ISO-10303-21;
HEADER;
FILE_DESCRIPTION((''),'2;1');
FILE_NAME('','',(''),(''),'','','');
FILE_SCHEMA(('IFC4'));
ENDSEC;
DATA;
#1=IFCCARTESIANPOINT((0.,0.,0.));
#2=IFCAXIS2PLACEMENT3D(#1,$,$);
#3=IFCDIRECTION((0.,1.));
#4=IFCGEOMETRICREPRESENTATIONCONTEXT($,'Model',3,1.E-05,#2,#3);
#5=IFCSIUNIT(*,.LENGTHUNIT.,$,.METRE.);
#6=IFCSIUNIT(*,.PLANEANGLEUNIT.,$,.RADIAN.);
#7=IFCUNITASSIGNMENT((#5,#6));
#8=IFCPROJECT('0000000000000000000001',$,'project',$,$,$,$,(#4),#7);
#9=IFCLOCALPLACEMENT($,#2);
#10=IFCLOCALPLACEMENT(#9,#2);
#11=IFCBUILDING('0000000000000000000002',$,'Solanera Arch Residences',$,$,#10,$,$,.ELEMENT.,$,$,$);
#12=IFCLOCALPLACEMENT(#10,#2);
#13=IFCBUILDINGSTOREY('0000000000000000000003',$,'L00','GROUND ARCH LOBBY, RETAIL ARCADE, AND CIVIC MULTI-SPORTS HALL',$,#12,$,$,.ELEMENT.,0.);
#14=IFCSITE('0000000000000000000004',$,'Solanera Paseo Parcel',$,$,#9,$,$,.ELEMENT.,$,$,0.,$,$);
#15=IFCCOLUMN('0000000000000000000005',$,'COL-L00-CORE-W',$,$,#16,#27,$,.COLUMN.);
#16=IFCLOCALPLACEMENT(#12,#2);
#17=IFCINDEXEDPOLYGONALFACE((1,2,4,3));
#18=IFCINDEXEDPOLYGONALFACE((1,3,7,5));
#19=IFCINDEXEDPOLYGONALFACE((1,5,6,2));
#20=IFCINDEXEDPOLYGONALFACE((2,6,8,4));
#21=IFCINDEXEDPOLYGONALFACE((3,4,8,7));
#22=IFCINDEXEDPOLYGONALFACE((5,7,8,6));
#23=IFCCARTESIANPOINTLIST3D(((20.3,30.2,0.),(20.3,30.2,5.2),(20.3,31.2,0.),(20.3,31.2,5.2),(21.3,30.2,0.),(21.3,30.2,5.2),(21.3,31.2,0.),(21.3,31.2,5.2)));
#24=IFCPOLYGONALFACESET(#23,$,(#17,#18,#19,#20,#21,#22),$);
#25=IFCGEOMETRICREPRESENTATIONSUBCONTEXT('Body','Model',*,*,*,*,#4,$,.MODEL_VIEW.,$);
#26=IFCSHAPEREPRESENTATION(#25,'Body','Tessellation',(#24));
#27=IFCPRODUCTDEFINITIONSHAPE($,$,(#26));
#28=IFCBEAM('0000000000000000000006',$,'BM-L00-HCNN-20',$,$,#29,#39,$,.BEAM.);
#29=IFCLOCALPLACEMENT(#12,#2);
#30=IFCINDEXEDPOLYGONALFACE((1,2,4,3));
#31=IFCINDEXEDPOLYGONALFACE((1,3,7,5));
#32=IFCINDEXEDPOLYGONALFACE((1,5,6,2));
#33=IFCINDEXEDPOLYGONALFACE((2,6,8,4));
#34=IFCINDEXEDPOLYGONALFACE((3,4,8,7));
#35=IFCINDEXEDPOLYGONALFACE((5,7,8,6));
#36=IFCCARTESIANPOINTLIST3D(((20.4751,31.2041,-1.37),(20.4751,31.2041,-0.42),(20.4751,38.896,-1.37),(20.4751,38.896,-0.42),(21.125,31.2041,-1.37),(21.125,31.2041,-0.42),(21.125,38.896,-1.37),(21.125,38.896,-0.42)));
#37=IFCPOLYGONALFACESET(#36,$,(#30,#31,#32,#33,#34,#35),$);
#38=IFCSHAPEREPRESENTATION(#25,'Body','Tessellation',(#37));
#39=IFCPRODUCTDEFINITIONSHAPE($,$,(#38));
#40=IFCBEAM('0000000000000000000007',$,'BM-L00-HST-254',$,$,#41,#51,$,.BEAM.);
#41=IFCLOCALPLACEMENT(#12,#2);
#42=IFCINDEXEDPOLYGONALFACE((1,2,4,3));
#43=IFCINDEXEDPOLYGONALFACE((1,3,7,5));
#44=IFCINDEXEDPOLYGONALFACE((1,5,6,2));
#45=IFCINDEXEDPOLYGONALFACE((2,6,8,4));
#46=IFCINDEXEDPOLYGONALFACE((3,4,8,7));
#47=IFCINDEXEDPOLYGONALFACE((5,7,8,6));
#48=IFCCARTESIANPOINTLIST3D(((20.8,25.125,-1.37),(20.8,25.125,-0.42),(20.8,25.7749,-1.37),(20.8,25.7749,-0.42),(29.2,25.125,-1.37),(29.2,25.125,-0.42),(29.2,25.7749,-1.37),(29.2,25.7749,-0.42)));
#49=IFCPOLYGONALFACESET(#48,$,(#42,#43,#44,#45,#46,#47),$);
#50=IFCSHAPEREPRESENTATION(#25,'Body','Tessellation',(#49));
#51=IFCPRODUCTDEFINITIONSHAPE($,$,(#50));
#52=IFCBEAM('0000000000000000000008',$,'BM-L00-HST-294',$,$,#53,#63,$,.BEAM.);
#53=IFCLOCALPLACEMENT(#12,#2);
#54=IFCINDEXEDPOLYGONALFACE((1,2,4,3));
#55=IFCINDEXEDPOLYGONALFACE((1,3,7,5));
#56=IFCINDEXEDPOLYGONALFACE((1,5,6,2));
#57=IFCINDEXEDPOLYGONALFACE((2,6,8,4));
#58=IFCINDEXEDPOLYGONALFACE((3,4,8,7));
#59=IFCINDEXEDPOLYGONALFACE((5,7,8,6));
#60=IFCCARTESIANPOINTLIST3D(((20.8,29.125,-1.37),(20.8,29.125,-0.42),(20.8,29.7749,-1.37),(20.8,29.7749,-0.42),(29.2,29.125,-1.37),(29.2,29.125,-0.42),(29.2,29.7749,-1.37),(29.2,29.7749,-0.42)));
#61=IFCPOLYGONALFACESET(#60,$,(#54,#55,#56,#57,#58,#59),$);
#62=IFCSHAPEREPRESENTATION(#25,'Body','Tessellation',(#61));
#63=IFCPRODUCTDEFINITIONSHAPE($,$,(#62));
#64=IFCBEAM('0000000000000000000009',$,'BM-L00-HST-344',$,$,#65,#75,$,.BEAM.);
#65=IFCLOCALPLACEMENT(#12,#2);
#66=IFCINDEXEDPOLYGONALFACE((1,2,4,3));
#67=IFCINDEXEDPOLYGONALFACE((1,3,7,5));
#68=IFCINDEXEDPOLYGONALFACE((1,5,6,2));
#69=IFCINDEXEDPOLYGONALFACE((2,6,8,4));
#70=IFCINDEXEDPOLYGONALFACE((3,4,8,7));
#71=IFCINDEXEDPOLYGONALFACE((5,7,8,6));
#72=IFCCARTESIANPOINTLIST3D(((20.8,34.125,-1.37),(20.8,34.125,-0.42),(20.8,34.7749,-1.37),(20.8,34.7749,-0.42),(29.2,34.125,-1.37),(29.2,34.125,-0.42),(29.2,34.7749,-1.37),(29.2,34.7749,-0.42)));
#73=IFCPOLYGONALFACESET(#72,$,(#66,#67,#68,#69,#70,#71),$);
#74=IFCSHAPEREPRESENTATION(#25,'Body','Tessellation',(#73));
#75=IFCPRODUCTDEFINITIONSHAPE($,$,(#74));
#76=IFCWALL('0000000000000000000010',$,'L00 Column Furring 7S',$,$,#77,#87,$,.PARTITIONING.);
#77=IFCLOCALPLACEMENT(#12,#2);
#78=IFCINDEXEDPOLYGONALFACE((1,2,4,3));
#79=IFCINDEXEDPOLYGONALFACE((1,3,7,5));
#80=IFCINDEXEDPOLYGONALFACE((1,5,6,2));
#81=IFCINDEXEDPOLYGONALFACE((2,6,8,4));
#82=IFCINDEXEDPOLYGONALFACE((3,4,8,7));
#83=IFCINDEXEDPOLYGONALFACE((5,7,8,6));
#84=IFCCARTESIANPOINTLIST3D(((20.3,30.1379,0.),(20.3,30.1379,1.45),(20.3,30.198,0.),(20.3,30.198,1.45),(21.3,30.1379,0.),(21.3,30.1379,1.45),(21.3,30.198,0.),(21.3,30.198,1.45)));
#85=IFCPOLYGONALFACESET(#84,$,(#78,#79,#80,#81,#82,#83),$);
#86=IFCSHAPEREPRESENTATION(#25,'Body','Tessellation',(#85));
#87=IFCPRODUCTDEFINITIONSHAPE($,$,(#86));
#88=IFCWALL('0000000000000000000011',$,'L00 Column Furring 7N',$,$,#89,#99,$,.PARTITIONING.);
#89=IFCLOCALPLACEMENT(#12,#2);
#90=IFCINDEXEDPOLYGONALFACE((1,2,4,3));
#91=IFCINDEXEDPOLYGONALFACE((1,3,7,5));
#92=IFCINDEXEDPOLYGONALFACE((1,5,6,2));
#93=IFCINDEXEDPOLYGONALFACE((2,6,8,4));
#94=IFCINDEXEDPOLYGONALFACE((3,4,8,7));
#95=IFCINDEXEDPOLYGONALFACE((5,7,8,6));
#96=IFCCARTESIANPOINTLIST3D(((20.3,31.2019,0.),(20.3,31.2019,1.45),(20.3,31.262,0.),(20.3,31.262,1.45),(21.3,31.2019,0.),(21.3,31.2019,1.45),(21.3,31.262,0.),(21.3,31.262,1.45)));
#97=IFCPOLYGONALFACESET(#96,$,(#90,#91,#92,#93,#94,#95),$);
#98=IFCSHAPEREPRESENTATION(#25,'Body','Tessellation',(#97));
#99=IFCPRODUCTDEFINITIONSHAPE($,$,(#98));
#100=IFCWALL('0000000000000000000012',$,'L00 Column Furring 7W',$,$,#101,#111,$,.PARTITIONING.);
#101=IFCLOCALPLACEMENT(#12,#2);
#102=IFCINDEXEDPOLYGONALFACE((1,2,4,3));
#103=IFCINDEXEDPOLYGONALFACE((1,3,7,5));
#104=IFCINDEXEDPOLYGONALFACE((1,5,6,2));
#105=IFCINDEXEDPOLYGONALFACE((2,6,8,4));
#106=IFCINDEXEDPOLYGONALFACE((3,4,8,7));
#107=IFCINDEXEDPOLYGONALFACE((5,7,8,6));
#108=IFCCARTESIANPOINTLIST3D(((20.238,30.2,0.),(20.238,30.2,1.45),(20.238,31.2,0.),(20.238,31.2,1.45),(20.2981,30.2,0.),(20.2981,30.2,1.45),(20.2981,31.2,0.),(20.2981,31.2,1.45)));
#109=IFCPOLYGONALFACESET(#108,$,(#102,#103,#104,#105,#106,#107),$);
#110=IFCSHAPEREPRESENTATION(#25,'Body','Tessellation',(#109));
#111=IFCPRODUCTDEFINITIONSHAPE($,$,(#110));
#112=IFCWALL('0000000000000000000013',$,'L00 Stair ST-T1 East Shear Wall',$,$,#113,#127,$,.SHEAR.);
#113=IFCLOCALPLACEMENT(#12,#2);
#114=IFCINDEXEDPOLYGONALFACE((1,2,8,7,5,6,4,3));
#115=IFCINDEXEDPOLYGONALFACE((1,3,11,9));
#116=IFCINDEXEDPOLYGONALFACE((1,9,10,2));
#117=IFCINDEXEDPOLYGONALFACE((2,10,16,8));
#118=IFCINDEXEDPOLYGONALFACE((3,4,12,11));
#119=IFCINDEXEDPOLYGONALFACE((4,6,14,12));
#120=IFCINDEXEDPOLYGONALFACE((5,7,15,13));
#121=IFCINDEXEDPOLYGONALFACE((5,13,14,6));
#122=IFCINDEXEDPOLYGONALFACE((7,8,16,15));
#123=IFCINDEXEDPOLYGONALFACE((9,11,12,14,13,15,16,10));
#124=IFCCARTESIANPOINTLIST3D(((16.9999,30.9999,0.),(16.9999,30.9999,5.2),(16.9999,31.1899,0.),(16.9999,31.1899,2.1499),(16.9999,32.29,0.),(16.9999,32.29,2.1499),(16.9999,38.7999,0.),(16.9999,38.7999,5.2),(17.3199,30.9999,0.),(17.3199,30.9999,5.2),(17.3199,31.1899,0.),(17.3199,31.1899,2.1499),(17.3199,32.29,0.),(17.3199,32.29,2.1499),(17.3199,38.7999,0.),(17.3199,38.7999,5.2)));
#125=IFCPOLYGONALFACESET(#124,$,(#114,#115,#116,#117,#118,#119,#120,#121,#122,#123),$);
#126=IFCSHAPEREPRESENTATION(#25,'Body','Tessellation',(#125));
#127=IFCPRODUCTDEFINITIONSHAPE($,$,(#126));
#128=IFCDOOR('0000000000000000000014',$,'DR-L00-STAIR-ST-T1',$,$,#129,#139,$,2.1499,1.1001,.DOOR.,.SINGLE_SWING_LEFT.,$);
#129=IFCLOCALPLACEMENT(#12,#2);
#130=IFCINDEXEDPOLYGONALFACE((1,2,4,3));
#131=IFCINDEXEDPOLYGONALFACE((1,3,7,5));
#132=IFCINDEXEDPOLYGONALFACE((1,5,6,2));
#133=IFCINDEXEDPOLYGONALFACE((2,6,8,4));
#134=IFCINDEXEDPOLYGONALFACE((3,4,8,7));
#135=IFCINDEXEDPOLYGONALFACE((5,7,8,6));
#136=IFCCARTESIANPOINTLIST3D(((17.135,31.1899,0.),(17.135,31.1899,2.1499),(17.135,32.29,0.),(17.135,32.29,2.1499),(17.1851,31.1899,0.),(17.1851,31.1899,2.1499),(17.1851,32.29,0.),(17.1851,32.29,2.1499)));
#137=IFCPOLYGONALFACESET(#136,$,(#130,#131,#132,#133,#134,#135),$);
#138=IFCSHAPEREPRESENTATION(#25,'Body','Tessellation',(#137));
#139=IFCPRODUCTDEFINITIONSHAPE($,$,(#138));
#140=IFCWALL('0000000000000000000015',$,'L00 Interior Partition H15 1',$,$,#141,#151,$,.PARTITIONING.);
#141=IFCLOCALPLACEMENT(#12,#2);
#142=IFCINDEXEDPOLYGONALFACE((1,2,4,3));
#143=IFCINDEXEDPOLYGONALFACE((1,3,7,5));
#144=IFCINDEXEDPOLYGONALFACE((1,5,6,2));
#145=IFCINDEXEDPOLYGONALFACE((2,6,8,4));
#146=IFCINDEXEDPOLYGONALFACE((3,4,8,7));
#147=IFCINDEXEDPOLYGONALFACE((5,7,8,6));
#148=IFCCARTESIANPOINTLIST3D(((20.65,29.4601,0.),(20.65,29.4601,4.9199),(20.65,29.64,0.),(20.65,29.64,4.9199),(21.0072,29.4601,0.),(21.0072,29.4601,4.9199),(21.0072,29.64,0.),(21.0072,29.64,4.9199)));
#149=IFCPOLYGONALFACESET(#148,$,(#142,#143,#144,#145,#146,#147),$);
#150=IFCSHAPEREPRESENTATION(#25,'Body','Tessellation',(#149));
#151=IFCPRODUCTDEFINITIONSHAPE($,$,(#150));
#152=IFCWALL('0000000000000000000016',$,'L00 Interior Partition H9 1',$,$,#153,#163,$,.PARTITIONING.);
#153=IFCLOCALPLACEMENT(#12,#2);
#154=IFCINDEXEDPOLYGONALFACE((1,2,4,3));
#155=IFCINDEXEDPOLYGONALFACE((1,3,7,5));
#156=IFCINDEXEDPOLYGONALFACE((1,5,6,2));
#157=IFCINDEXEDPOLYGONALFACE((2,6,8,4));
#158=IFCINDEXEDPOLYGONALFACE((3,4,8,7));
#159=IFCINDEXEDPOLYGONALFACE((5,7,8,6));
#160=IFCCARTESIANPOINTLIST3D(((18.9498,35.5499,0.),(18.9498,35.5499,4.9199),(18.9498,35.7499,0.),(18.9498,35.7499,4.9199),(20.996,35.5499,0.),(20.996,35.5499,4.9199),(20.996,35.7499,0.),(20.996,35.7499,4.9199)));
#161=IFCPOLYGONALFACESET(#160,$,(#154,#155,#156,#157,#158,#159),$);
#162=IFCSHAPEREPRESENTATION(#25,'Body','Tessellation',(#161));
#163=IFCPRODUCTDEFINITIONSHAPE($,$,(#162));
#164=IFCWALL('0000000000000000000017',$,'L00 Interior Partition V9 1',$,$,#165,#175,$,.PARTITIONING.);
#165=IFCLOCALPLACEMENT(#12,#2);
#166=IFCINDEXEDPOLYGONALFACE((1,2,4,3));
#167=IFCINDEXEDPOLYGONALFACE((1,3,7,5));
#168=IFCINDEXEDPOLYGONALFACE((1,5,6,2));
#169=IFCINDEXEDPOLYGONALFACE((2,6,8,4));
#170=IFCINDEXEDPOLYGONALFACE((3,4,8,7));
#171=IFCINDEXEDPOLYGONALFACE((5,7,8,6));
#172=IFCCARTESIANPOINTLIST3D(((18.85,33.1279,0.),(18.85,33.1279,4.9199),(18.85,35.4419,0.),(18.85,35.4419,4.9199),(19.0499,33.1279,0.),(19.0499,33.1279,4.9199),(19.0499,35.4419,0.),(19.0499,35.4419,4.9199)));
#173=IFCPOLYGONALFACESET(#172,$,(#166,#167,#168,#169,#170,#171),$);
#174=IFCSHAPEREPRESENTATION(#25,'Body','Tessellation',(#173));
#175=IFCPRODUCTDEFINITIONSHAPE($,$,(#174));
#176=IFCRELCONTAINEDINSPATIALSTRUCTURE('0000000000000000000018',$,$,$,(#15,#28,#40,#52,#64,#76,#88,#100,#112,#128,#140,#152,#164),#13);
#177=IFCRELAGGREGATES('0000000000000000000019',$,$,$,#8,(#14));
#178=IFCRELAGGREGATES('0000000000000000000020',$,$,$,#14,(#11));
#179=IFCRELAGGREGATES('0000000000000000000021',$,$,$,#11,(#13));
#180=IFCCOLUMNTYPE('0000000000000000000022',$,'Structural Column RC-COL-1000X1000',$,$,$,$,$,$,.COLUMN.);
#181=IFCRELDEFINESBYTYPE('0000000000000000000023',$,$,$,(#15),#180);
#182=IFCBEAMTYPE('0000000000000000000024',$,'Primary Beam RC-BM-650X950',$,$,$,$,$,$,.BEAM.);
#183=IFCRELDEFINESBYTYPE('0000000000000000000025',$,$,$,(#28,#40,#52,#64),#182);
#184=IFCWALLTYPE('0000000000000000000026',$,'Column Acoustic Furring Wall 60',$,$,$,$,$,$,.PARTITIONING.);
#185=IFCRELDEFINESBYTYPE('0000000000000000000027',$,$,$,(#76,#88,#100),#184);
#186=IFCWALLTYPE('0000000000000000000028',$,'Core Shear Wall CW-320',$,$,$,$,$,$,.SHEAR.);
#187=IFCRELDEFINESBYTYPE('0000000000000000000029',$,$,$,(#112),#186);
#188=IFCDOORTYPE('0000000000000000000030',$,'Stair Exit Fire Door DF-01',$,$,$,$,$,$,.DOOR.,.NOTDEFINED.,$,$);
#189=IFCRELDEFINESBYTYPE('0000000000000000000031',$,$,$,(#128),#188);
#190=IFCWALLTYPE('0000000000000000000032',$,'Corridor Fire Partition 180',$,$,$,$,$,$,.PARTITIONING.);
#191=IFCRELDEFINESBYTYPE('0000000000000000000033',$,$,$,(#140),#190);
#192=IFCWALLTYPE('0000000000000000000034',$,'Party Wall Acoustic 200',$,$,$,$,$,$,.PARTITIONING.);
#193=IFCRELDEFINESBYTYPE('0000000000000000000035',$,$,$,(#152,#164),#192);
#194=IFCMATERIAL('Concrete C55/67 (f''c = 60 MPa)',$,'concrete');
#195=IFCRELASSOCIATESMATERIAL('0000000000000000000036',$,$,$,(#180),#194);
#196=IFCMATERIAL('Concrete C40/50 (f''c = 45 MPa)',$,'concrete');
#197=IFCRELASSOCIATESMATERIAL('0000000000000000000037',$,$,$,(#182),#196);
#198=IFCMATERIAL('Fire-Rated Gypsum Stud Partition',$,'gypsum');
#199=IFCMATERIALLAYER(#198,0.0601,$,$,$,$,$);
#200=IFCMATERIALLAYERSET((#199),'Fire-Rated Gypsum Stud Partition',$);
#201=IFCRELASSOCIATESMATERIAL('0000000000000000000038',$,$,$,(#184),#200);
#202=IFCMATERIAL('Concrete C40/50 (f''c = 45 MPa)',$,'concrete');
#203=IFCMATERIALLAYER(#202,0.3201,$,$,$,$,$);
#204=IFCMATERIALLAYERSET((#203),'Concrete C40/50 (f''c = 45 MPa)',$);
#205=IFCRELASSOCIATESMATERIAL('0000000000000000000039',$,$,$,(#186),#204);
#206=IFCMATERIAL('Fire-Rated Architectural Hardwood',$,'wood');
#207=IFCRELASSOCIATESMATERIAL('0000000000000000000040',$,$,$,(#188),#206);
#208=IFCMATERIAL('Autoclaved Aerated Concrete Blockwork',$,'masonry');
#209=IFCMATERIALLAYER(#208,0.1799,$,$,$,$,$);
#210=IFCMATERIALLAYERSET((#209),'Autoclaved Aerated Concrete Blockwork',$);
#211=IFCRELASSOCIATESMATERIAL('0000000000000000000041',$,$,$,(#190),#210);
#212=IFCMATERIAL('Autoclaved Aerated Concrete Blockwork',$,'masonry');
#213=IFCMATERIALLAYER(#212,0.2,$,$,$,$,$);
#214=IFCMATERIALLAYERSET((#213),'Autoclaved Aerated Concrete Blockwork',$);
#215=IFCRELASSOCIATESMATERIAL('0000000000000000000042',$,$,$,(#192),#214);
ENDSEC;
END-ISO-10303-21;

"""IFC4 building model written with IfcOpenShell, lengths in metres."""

from ifc_helpers import new_model, si_unit, direction, frame, frame_2d, origin, origin_2d, place, context, subcontext, project, spatial, rectangle, extrude, material, layer, layer_set, material_profile, profile_set, type_object, element, fill, save


model = new_model("IFC4")

# Units and contexts
model_context = context("Model", 3, precision=1e-05, world=origin(), true_north=direction((0.0, 1.0)))
body_context = subcontext(model_context, "Body", "Model", "MODEL_VIEW")
ifc_project = project(units=[si_unit("LENGTHUNIT", "METRE"), si_unit("PLANEANGLEUNIT", "RADIAN")], contexts=[model_context])

# Site, building, storey
site_placement = place(None, origin())
site = spatial("IfcSite", under=ifc_project, at=site_placement, Name="Solanera Paseo Parcel", CompositionType="ELEMENT", RefElevation=0.0)
building_placement = place(site_placement, origin())
building = spatial("IfcBuilding", under=site, at=building_placement, Name="Solanera Arch Residences", CompositionType="ELEMENT")
storey_placement = place(building_placement, origin())
storey = spatial("IfcBuildingStorey", under=building, at=storey_placement, Name="L00", Description="GROUND ARCH LOBBY, RETAIL ARCADE, AND CIVIC MULTI-SPORTS HALL", CompositionType="ELEMENT", Elevation=0.0)

# Column
ifc_material_1 = material(Name="Concrete C55/67 (f'c = 60 MPa)", Category="concrete")
ifc_material_profile_1 = material_profile(ifc_material_1, rectangle(XDim=1.0, YDim=1.0, at=origin_2d()))
ifc_profile_set_1 = profile_set([ifc_material_profile_1], Name="Concrete C55/67 (f'c = 60 MPa)")
column_type = type_object("IfcColumnType", Name="Structural Column RC-COL-1000X1000", PredefinedType="COLUMN", material=ifc_profile_set_1)
column_placement = place(storey_placement, frame((20.8, 30.7, 0.0), z_axis=(0.0, 0.0, 1.0), x_axis=(1.0, 0.0, 0.0)))
element("IfcColumn", 1, at=column_placement, inside=storey, type_object=column_type, Name="COL-L00-CORE-W", PredefinedType="COLUMN", context=body_context, shape_type="SweptSolid", body=[
    extrude(rectangle(XDim=1.0, YDim=1.0, at=origin_2d()), origin(), (0.0, 0.0, 1.0), 5.2),
])

# Beams
ifc_material_2 = material(Name="Concrete C40/50 (f'c = 45 MPa)", Category="concrete")
ifc_material_profile_2 = material_profile(ifc_material_2, rectangle(XDim=0.6499, YDim=0.95, at=origin_2d()))
ifc_profile_set_2 = profile_set([ifc_material_profile_2], Name="Concrete C40/50 (f'c = 45 MPa)")
beam_type = type_object("IfcBeamType", Name="Primary Beam RC-BM-650X950", PredefinedType="BEAM", material=ifc_profile_set_2)
beam_placement = place(storey_placement, frame((20.8, 31.2041, -0.895), z_axis=(0.0, 1.0, 0.0), x_axis=(-1.0, 0.0, 0.0)))
element("IfcBeam", 2, at=beam_placement, inside=storey, type_object=beam_type, Name="BM-L00-HCNN-20", PredefinedType="BEAM", context=body_context, shape_type="SweptSolid", body=[
    extrude(rectangle(XDim=0.6499, YDim=0.95, at=origin_2d()), origin(), (0.0, 0.0, 1.0), 7.6919),
])
for number, where, z_axis, x_axis, name in (
    (3, (20.8, 25.45, -0.895), (1.0, 0.0, 0.0), (0.0, 1.0, 0.0), "BM-L00-HST-254"),
    (4, (20.8, 29.45, -0.895), (1.0, 0.0, 0.0), (0.0, 1.0, 0.0), "BM-L00-HST-294"),
    (5, (20.8, 34.45, -0.895), (1.0, 0.0, 0.0), (0.0, 1.0, 0.0), "BM-L00-HST-344"),
):
    element("IfcBeam", number, at=place(storey_placement, frame(where, z_axis=z_axis, x_axis=x_axis)), inside=storey, type_object=beam_type, Name=name, PredefinedType="BEAM", context=body_context, shape_type="SweptSolid", body=[
        extrude(rectangle(XDim=0.6499, YDim=0.95, at=origin_2d()), origin(), (0.0, 0.0, 1.0), 8.3999),
    ])

# Walls
ifc_material_3 = material(Name="Fire-Rated Gypsum Stud Partition", Category="gypsum")
ifc_layer_1 = layer(ifc_material_3, 0.0601)
ifc_layer_set_1 = layer_set([ifc_layer_1], Name="Fire-Rated Gypsum Stud Partition")
wall_type_1 = type_object("IfcWallType", Name="Column Acoustic Furring Wall 60", PredefinedType="PARTITIONING", material=ifc_layer_set_1)
for number, where, z_axis, x_axis, name in (
    (6, (20.3, 30.168, 0.0), (0.0, 0.0, 1.0), (1.0, 0.0, 0.0), "L00 Column Furring 7S"),
    (7, (20.3, 31.2319, 0.0), (0.0, 0.0, 1.0), (1.0, 0.0, 0.0), "L00 Column Furring 7N"),
    (8, (20.2681, 30.2, 0.0), (0.0, 0.0, 1.0), (0.0, 1.0, 0.0), "L00 Column Furring 7W"),
):
    element("IfcWall", number, at=place(storey_placement, frame(where, z_axis=z_axis, x_axis=x_axis)), inside=storey, type_object=wall_type_1, Name=name, PredefinedType="PARTITIONING", context=body_context, shape_type="SweptSolid", body=[
        extrude(rectangle(XDim=1.0, YDim=0.0601, at=frame_2d((0.5, 0.0))), origin(), (0.0, 0.0, 1.0), 1.45),
    ])

# Wall, opening, door
ifc_material_4 = material(Name="Concrete C40/50 (f'c = 45 MPa)", Category="concrete")
ifc_layer_2 = layer(ifc_material_4, 0.3201)
ifc_layer_set_2 = layer_set([ifc_layer_2], Name="Concrete C40/50 (f'c = 45 MPa)")
wall_type_2 = type_object("IfcWallType", Name="Core Shear Wall CW-320", PredefinedType="SHEAR", material=ifc_layer_set_2)
wall_1_placement = place(storey_placement, frame((17.1599, 31.0, 0.0), z_axis=(0.0, 0.0, 1.0), x_axis=(0.0, 1.0, 0.0)))
wall_1 = element("IfcWall", 9, at=wall_1_placement, inside=storey, type_object=wall_type_2, Name="L00 Stair ST-T1 East Shear Wall", PredefinedType="SHEAR", context=body_context, shape_type="SweptSolid", body=[
    extrude(rectangle(XDim=7.8, YDim=0.3201, at=frame_2d((3.8999, 0.0))), origin(), (0.0, 0.0, 1.0), 5.2),
])
opening_1_placement = place(wall_1_placement, frame((0.1899, 0.0, 0.0)))
opening_1 = element("IfcOpeningElement", 10, at=opening_1_placement, cuts=wall_1, PredefinedType="OPENING", context=body_context, shape_type="SweptSolid", body=[
    extrude(rectangle(XDim=1.1001, YDim=2.1499, at=frame_2d((0.55, 1.075))), frame((0.0, 0.1699, 0.0), z_axis=(0.0, -1.0, 0.0), x_axis=(1.0, 0.0, 0.0)), (0.0, 0.0, 1.0), 0.3401),
])
ifc_material_5 = material(Name="Fire-Rated Architectural Hardwood", Category="wood")
door_type_1 = type_object("IfcDoorType", Name="Stair Exit Fire Door DF-01", OperationType="NOTDEFINED", PredefinedType="DOOR", material=ifc_material_5)
door_1_placement = place(opening_1_placement, origin())
door_1 = element("IfcDoor", 11, at=door_1_placement, inside=storey, type_object=door_type_1, Name="DR-L00-STAIR-ST-T1", OperationType="SINGLE_SWING_LEFT", OverallHeight=2.1499, OverallWidth=1.1001, PredefinedType="DOOR", context=body_context, shape_type="SweptSolid", body=[
    extrude(rectangle(XDim=1.1001, YDim=2.1499, at=frame_2d((0.55, 1.075))), frame((0.0, 0.0249, 0.0), z_axis=(0.0, -1.0, 0.0), x_axis=(1.0, 0.0, 0.0)), (0.0, 0.0, 1.0), 0.05),
])
fill(opening_1, door_1)

# Walls
ifc_material_6 = material(Name="Autoclaved Aerated Concrete Blockwork", Category="masonry")
ifc_layer_3 = layer(ifc_material_6, 0.1799)
ifc_layer_set_3 = layer_set([ifc_layer_3], Name="Autoclaved Aerated Concrete Blockwork")
wall_type_3 = type_object("IfcWallType", Name="Corridor Fire Partition 180", PredefinedType="PARTITIONING", material=ifc_layer_set_3)
wall_2_placement = place(storey_placement, frame((20.6499, 29.55, 0.0), z_axis=(0.0, 0.0, 1.0), x_axis=(1.0, 0.0, 0.0)))
element("IfcWall", 12, at=wall_2_placement, inside=storey, type_object=wall_type_3, Name="L00 Interior Partition H15 1", PredefinedType="PARTITIONING", context=body_context, shape_type="SweptSolid", body=[
    extrude(rectangle(XDim=0.3572, YDim=0.1799, at=frame_2d((0.1787, 0.0))), origin(), (0.0, 0.0, 1.0), 4.9199),
])
ifc_material_7 = material(Name="Autoclaved Aerated Concrete Blockwork", Category="masonry")
ifc_layer_4 = layer(ifc_material_7, 0.2)
ifc_layer_set_4 = layer_set([ifc_layer_4], Name="Autoclaved Aerated Concrete Blockwork")
wall_type_4 = type_object("IfcWallType", Name="Party Wall Acoustic 200", PredefinedType="PARTITIONING", material=ifc_layer_set_4)
wall_3_placement = place(storey_placement, frame((18.95, 35.6499, 0.0), z_axis=(0.0, 0.0, 1.0), x_axis=(1.0, 0.0, 0.0)))
element("IfcWall", 13, at=wall_3_placement, inside=storey, type_object=wall_type_4, Name="L00 Interior Partition H9 1", PredefinedType="PARTITIONING", context=body_context, shape_type="SweptSolid", body=[
    extrude(rectangle(XDim=2.0461, YDim=0.2, at=frame_2d((1.0229, 0.0))), origin(), (0.0, 0.0, 1.0), 4.9199),
])
wall_4_placement = place(storey_placement, frame((18.95, 33.1279, 0.0), z_axis=(0.0, 0.0, 1.0), x_axis=(0.0, 1.0, 0.0)))
element("IfcWall", 14, at=wall_4_placement, inside=storey, type_object=wall_type_4, Name="L00 Interior Partition V9 1", PredefinedType="PARTITIONING", context=body_context, shape_type="SweptSolid", body=[
    extrude(rectangle(XDim=2.314, YDim=0.2, at=frame_2d((1.157, 0.0))), origin(), (0.0, 0.0, 1.0), 4.9199),
])

save(model, "model.ifc")
